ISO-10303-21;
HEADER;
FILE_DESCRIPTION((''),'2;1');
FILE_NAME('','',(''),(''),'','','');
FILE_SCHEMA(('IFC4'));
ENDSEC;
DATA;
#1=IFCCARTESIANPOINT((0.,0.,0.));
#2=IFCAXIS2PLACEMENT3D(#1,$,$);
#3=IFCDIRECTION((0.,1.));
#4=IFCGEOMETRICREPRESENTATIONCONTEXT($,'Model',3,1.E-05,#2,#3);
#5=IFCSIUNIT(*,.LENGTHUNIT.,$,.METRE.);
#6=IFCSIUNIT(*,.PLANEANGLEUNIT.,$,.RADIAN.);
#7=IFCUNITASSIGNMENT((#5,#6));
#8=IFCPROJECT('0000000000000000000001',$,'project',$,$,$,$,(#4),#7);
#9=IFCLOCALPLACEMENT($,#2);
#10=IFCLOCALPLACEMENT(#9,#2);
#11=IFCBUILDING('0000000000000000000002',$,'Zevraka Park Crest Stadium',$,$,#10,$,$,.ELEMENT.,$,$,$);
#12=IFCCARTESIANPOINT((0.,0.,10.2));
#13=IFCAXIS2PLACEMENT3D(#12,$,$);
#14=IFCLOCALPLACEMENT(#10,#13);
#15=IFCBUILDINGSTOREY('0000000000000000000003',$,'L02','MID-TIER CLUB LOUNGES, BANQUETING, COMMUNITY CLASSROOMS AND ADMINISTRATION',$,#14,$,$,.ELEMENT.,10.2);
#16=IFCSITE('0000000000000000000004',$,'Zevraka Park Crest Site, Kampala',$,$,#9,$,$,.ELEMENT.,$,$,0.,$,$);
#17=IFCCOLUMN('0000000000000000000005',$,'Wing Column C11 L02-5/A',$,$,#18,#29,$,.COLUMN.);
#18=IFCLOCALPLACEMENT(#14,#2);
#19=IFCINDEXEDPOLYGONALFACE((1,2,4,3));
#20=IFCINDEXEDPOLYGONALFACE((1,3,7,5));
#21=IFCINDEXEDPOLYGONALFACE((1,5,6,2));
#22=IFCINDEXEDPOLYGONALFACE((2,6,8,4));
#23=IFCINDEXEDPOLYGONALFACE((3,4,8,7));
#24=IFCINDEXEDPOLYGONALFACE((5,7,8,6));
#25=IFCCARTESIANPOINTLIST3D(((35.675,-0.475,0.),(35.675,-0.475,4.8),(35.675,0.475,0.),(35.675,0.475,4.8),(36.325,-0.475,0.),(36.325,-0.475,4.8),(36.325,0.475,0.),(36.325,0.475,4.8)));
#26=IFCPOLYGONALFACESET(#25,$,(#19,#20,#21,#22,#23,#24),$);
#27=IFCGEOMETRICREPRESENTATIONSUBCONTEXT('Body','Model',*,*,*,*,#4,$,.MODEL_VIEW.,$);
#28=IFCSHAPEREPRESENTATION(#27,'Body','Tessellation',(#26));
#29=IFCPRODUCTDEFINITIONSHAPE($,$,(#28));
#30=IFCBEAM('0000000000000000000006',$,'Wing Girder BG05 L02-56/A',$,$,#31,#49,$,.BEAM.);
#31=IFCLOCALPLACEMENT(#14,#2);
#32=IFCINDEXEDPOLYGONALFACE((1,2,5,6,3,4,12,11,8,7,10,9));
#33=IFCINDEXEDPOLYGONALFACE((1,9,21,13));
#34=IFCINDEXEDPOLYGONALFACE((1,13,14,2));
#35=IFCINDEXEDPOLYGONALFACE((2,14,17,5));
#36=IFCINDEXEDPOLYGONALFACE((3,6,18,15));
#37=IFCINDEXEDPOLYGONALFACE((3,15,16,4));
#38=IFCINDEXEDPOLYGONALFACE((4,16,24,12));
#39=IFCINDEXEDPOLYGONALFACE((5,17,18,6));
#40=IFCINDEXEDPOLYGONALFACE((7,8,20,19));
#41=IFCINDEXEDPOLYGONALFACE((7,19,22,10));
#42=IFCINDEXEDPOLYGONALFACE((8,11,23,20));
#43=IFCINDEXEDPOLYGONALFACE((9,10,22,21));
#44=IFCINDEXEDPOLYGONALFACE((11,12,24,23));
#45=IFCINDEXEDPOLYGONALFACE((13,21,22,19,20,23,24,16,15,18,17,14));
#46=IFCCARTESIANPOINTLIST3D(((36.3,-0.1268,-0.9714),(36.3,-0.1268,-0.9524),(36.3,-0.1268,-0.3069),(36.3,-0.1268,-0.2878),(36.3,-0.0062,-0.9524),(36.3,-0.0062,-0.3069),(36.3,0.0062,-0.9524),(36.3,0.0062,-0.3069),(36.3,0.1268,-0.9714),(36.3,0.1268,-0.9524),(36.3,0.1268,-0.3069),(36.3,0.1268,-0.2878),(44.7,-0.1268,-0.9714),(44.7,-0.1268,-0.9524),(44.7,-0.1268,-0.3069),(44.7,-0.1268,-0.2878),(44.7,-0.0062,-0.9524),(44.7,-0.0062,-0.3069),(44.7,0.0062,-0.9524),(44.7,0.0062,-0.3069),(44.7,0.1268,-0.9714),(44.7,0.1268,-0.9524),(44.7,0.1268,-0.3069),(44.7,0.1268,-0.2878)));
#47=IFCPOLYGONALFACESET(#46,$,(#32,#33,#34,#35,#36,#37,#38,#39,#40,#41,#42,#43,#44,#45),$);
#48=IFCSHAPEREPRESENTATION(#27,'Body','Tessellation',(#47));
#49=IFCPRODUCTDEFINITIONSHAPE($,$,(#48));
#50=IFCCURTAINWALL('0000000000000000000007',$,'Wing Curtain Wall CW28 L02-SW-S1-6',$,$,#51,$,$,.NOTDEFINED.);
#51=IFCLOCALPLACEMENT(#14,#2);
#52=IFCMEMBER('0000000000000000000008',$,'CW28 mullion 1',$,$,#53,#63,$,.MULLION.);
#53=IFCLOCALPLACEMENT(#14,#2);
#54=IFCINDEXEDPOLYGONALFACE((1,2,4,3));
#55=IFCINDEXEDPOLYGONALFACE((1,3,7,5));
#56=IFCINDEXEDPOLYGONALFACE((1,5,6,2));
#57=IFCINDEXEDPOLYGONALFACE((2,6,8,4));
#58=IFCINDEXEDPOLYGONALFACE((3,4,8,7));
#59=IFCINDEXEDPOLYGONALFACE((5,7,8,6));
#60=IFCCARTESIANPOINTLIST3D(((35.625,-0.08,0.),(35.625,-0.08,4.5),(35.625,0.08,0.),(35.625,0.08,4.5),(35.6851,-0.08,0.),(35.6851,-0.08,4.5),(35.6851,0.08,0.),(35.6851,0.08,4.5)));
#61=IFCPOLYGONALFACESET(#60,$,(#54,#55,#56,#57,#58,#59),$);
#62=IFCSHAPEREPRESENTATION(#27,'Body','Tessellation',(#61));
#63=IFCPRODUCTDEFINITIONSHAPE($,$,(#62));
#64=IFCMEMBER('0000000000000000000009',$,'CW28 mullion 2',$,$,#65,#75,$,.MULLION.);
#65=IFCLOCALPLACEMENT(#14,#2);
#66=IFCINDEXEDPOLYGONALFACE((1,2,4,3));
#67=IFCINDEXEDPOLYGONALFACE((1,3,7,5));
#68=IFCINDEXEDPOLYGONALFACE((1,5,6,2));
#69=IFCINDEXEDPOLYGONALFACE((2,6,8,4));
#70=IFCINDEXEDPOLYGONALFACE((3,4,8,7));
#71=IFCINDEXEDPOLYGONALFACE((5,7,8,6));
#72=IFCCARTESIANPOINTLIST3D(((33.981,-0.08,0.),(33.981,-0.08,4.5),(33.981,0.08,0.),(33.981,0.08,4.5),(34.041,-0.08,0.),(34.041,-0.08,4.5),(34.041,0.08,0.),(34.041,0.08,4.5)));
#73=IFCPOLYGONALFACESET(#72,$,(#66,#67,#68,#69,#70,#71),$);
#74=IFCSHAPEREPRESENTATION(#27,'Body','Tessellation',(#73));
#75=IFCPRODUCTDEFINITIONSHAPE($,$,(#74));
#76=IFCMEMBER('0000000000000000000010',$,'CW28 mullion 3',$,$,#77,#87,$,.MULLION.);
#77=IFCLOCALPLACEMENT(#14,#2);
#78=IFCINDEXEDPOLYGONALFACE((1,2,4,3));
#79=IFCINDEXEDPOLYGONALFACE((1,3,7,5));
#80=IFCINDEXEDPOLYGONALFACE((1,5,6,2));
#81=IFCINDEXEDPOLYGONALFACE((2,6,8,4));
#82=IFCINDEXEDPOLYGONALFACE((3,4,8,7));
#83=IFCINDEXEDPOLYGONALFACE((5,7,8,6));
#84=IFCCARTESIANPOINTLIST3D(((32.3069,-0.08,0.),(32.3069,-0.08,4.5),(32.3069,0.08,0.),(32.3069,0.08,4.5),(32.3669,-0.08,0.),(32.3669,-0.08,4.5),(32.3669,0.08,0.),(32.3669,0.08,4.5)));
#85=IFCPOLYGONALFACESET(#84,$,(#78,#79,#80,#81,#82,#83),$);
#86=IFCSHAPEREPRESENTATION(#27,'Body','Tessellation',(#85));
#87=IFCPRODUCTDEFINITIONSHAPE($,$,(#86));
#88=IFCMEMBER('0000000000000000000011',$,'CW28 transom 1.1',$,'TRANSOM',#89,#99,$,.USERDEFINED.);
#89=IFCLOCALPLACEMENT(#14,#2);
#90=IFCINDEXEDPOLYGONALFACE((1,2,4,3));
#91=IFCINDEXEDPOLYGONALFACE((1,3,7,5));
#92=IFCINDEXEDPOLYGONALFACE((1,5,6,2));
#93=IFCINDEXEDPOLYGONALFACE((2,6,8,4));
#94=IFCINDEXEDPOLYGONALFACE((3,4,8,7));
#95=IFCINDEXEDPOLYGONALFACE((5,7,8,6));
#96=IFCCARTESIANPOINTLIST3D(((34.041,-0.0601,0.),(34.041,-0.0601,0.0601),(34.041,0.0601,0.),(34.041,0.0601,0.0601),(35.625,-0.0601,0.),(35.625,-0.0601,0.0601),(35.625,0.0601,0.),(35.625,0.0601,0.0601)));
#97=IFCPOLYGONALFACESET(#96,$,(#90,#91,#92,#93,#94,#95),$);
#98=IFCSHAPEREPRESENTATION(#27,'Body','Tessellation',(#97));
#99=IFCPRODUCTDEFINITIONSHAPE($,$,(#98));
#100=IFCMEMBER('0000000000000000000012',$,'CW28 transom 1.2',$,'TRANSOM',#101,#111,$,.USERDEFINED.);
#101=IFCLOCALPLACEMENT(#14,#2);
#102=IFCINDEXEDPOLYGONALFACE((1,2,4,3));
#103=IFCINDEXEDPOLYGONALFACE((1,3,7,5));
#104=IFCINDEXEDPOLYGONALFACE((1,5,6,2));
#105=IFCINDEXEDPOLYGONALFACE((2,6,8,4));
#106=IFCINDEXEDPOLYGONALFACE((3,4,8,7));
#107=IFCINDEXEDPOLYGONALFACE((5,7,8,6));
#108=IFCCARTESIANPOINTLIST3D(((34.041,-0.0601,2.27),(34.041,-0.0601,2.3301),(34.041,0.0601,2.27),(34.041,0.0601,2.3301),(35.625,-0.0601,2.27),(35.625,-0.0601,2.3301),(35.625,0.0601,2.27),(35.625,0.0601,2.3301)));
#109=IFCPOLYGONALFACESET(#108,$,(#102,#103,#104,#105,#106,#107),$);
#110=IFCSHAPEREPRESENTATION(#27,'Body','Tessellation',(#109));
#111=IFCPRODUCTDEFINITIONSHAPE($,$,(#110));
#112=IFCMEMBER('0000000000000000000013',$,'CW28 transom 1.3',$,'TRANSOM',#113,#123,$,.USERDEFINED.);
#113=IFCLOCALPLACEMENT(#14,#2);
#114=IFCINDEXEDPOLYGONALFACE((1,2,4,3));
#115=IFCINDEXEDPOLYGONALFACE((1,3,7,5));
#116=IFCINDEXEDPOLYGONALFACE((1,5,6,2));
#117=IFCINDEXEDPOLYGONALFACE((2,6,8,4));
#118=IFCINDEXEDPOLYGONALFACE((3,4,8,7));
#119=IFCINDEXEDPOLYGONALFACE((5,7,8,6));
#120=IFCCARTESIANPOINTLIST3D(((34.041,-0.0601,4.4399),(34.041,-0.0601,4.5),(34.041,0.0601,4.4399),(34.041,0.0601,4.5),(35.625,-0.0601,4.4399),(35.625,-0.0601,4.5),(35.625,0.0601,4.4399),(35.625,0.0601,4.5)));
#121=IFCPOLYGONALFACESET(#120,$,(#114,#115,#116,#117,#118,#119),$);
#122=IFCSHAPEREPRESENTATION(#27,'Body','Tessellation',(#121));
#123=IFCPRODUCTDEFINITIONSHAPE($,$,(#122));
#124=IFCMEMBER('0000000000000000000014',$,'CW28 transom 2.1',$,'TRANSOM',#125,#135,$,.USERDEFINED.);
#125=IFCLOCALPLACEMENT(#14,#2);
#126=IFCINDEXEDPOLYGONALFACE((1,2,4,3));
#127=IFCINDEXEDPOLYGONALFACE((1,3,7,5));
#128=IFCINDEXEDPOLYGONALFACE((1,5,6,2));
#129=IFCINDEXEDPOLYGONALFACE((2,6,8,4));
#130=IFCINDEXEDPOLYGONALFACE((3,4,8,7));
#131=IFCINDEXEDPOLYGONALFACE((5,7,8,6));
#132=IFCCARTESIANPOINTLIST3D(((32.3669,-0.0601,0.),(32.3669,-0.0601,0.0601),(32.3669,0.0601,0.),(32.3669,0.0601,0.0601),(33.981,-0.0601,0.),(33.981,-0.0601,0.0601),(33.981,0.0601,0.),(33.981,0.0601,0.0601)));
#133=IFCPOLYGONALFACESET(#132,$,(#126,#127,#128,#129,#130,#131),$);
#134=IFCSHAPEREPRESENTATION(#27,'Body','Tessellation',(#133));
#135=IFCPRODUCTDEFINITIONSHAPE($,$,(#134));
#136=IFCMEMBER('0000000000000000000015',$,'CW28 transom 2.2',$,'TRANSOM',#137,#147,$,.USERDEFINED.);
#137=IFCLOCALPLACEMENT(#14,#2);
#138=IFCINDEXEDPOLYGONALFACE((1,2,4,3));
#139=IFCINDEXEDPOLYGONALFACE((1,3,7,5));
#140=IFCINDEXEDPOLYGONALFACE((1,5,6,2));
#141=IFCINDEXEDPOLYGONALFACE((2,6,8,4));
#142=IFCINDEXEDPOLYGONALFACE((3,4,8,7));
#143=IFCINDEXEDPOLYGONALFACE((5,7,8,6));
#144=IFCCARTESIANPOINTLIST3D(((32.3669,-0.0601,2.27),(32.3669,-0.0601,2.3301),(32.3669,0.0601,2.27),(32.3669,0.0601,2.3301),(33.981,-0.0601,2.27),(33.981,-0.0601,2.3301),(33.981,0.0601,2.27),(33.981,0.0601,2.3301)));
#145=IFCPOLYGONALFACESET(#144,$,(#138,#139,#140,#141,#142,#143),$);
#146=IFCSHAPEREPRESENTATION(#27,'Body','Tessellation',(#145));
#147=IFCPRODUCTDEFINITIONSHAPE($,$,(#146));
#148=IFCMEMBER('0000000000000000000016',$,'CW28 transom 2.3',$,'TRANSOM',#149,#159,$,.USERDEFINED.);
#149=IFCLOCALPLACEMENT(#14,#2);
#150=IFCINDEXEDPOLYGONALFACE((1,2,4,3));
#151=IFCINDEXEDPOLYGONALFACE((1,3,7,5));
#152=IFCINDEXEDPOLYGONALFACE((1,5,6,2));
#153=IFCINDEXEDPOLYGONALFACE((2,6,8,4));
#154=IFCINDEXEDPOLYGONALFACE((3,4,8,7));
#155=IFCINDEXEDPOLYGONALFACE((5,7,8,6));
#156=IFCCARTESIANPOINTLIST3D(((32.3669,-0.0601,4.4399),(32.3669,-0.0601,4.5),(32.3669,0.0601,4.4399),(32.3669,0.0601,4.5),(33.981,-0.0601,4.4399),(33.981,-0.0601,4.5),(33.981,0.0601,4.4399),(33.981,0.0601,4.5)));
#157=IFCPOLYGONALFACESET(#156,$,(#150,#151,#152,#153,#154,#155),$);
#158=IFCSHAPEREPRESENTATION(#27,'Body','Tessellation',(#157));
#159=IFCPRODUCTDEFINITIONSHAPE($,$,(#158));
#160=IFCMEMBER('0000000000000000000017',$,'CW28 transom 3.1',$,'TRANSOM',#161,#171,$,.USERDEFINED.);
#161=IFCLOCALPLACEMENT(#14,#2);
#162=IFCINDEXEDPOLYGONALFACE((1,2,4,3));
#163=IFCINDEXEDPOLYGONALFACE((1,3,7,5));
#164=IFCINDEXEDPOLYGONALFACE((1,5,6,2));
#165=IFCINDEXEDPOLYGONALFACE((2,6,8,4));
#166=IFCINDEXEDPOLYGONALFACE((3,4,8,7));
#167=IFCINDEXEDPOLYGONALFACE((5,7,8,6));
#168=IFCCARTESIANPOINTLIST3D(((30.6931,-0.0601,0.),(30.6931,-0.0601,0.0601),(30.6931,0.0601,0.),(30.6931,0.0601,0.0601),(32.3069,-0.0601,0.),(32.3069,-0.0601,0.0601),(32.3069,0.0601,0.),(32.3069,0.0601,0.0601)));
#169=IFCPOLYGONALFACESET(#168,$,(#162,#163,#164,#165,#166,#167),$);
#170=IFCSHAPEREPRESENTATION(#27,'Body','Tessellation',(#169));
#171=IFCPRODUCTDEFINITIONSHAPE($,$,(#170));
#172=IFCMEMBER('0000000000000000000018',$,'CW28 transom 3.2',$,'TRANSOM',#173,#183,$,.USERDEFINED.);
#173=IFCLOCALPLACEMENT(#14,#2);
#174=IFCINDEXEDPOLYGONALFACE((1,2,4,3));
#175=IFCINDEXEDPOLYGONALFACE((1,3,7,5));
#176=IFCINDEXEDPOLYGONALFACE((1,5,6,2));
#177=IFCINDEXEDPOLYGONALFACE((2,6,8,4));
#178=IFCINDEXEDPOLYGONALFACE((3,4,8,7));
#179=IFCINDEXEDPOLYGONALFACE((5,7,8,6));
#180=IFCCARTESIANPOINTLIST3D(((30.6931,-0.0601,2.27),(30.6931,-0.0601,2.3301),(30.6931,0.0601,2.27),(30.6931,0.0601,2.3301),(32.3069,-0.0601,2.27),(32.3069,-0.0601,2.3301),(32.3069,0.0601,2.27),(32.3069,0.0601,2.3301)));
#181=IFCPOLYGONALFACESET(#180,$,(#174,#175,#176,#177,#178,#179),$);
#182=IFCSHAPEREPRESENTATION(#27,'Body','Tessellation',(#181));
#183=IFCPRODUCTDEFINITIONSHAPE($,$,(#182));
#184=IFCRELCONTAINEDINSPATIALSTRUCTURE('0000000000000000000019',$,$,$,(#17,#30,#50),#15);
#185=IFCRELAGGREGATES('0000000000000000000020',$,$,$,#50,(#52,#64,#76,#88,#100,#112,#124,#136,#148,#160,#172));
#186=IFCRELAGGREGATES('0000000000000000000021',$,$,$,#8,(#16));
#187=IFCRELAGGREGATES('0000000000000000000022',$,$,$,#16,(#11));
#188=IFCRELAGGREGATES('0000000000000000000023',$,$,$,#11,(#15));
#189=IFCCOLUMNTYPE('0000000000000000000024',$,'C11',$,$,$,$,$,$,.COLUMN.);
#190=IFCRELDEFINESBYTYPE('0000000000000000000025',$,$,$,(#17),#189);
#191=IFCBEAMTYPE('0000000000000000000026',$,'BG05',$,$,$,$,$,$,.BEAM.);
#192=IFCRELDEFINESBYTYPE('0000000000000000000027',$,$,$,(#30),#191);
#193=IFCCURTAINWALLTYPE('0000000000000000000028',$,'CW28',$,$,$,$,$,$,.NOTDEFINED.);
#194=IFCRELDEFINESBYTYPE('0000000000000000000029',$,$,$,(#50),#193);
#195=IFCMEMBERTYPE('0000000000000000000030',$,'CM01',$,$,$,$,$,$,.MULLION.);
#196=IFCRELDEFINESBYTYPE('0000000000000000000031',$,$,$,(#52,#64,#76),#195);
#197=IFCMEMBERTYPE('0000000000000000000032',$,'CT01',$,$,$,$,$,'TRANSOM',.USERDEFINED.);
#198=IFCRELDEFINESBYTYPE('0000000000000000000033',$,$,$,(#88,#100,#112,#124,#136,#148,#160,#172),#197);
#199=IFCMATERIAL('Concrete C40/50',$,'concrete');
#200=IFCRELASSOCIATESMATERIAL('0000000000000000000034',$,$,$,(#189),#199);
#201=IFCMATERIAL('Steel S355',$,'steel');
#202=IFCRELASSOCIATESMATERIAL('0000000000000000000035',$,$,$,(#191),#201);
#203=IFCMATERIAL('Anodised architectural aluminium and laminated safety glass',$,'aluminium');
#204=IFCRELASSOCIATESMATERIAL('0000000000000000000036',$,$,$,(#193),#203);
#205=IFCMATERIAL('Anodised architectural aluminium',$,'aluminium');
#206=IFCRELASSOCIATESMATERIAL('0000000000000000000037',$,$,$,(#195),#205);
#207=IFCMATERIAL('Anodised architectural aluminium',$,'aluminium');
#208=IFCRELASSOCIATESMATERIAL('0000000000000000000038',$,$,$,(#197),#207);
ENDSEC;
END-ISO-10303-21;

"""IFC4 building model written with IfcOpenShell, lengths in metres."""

from ifc_helpers import new_model, si_unit, direction, frame, origin, origin_2d, place, context, subcontext, project, spatial, rectangle, i_section, extrude, material, material_profile, profile_set, type_object, element, aggregate, save


model = new_model("IFC4")

# Units and contexts
model_context = context("Model", 3, precision=1e-05, world=origin(), true_north=direction((0.0, 1.0)))
body_context = subcontext(model_context, "Body", "Model", "MODEL_VIEW")
ifc_project = project(units=[si_unit("LENGTHUNIT", "METRE"), si_unit("PLANEANGLEUNIT", "RADIAN")], contexts=[model_context])

# Site, building, storey
site_placement = place(None, origin())
site = spatial("IfcSite", under=ifc_project, at=site_placement, Name="Zevraka Park Crest Site, Kampala", CompositionType="ELEMENT", RefElevation=0.0)
building_placement = place(site_placement, origin())
building = spatial("IfcBuilding", under=site, at=building_placement, Name="Zevraka Park Crest Stadium", CompositionType="ELEMENT")
storey_placement = place(building_placement, frame((0.0, 0.0, 10.2)))
storey = spatial("IfcBuildingStorey", under=building, at=storey_placement, Name="L02", Description="MID-TIER CLUB LOUNGES, BANQUETING, COMMUNITY CLASSROOMS AND ADMINISTRATION", CompositionType="ELEMENT", Elevation=10.2)

# Column
ifc_material_1 = material(Name="Concrete C40/50", Category="concrete")
ifc_material_profile_1 = material_profile(ifc_material_1, rectangle(XDim=0.6499, YDim=0.95, at=origin_2d()), Name="RC 950x650")
ifc_profile_set_1 = profile_set([ifc_material_profile_1], Name="Concrete C40/50")
column_type = type_object("IfcColumnType", Name="C11", PredefinedType="COLUMN", material=ifc_profile_set_1)
column_placement = place(storey_placement, frame((36.0, 0.0, 0.0), z_axis=(0.0, 0.0, 1.0), x_axis=(1.0, 0.0, 0.0)))
element("IfcColumn", 1, at=column_placement, inside=storey, type_object=column_type, Name="Wing Column C11 L02-5/A", PredefinedType="COLUMN", context=body_context, shape_type="SweptSolid", body=[
    extrude(rectangle(XDim=0.6499, YDim=0.95, at=origin_2d()), origin(), (0.0, 0.0, 1.0), 4.8),
])

# Beam
ifc_material_2 = material(Name="Steel S355", Category="steel")
ifc_material_profile_2 = material_profile(ifc_material_2, i_section(OverallWidth=0.2537, OverallDepth=0.6836, WebThickness=0.0125, FlangeThickness=0.019, at=origin_2d()), Name="UKB 686x254x140")
ifc_profile_set_2 = profile_set([ifc_material_profile_2], Name="Steel S355")
beam_type = type_object("IfcBeamType", Name="BG05", PredefinedType="BEAM", material=ifc_profile_set_2)
beam_placement = place(storey_placement, frame((36.3, 0.0, -0.6296), z_axis=(1.0, 0.0, 0.0), x_axis=(0.0, 1.0, 0.0)))
element("IfcBeam", 2, at=beam_placement, inside=storey, type_object=beam_type, Name="Wing Girder BG05 L02-56/A", PredefinedType="BEAM", context=body_context, shape_type="SweptSolid", body=[
    extrude(i_section(OverallWidth=0.2537, OverallDepth=0.6836, WebThickness=0.0125, FlangeThickness=0.019, at=origin_2d()), origin(), (0.0, 0.0, 1.0), 8.3999),
])

# Curtain wall, members
ifc_material_3 = material(Name="Anodised architectural aluminium and laminated safety glass", Category="aluminium")
curtain_wall_type = type_object("IfcCurtainWallType", Name="CW28", PredefinedType="NOTDEFINED", material=ifc_material_3)
curtain_wall_placement = place(storey_placement, origin())
curtain_wall = element("IfcCurtainWall", 3, at=curtain_wall_placement, inside=storey, type_object=curtain_wall_type, Name="Wing Curtain Wall CW28 L02-SW-S1-6", PredefinedType="NOTDEFINED")
ifc_material_4 = material(Name="Anodised architectural aluminium", Category="aluminium")
ifc_material_profile_3 = material_profile(ifc_material_4, rectangle(XDim=0.1599, YDim=0.0601, at=origin_2d()), Name="ALU MULLION 160x60")
ifc_profile_set_3 = profile_set([ifc_material_profile_3], Name="Anodised architectural aluminium")
member_type_1 = type_object("IfcMemberType", Name="CM01", PredefinedType="MULLION", material=ifc_profile_set_3)
member_1_placement = place(storey_placement, frame((35.655, 0.0, 0.0), z_axis=(0.0, 0.0, 1.0), x_axis=(0.0, -1.0, 0.0)))
member_1 = element("IfcMember", 4, at=member_1_placement, type_object=member_type_1, Name="CW28 mullion 1", PredefinedType="MULLION", context=body_context, shape_type="SweptSolid", body=[
    extrude(rectangle(XDim=0.1599, YDim=0.0601, at=origin_2d()), origin(), (0.0, 0.0, 1.0), 4.5),
])
member_2_placement = place(storey_placement, frame((34.011, 0.0, 0.0), z_axis=(0.0, 0.0, 1.0), x_axis=(0.0, -1.0, 0.0)))
member_2 = element("IfcMember", 5, at=member_2_placement, type_object=member_type_1, Name="CW28 mullion 2", PredefinedType="MULLION", context=body_context, shape_type="SweptSolid", body=[
    extrude(rectangle(XDim=0.1599, YDim=0.0601, at=origin_2d()), origin(), (0.0, 0.0, 1.0), 4.5),
])
member_3_placement = place(storey_placement, frame((32.3369, 0.0, 0.0), z_axis=(0.0, 0.0, 1.0), x_axis=(0.0, -1.0, 0.0)))
member_3 = element("IfcMember", 6, at=member_3_placement, type_object=member_type_1, Name="CW28 mullion 3", PredefinedType="MULLION", context=body_context, shape_type="SweptSolid", body=[
    extrude(rectangle(XDim=0.1599, YDim=0.0601, at=origin_2d()), origin(), (0.0, 0.0, 1.0), 4.5),
])
ifc_material_5 = material(Name="Anodised architectural aluminium", Category="aluminium")
ifc_material_profile_4 = material_profile(ifc_material_5, rectangle(XDim=0.1201, YDim=0.0601, at=origin_2d()), Name="ALU TRANSOM 120x60")
ifc_profile_set_4 = profile_set([ifc_material_profile_4], Name="Anodised architectural aluminium")
member_type_2 = type_object("IfcMemberType", Name="CT01", ElementType="TRANSOM", PredefinedType="USERDEFINED", material=ifc_profile_set_4)
member_4_placement = place(storey_placement, frame((35.625, 0.0, 0.03), z_axis=(-1.0, 0.0, 0.0), x_axis=(0.0, -1.0, 0.0)))
member_4 = element("IfcMember", 7, at=member_4_placement, type_object=member_type_2, Name="CW28 transom 1.1", ObjectType="TRANSOM", PredefinedType="USERDEFINED", context=body_context, shape_type="SweptSolid", body=[
    extrude(rectangle(XDim=0.1201, YDim=0.0601, at=origin_2d()), origin(), (0.0, 0.0, 1.0), 1.584),
])
member_5_placement = place(storey_placement, frame((35.625, 0.0, 2.3), z_axis=(-1.0, 0.0, 0.0), x_axis=(0.0, -1.0, 0.0)))
member_5 = element("IfcMember", 8, at=member_5_placement, type_object=member_type_2, Name="CW28 transom 1.2", ObjectType="TRANSOM", PredefinedType="USERDEFINED", context=body_context, shape_type="SweptSolid", body=[
    extrude(rectangle(XDim=0.1201, YDim=0.0601, at=origin_2d()), origin(), (0.0, 0.0, 1.0), 1.584),
])
member_6_placement = place(storey_placement, frame((35.625, 0.0, 4.47), z_axis=(-1.0, 0.0, 0.0), x_axis=(0.0, -1.0, 0.0)))
member_6 = element("IfcMember", 9, at=member_6_placement, type_object=member_type_2, Name="CW28 transom 1.3", ObjectType="TRANSOM", PredefinedType="USERDEFINED", context=body_context, shape_type="SweptSolid", body=[
    extrude(rectangle(XDim=0.1201, YDim=0.0601, at=origin_2d()), origin(), (0.0, 0.0, 1.0), 1.584),
])
member_7_placement = place(storey_placement, frame((33.981, 0.0, 0.03), z_axis=(-1.0, 0.0, 0.0), x_axis=(0.0, -1.0, 0.0)))
member_7 = element("IfcMember", 10, at=member_7_placement, type_object=member_type_2, Name="CW28 transom 2.1", ObjectType="TRANSOM", PredefinedType="USERDEFINED", context=body_context, shape_type="SweptSolid", body=[
    extrude(rectangle(XDim=0.1201, YDim=0.0601, at=origin_2d()), origin(), (0.0, 0.0, 1.0), 1.614),
])
member_8_placement = place(storey_placement, frame((33.981, 0.0, 2.3), z_axis=(-1.0, 0.0, 0.0), x_axis=(0.0, -1.0, 0.0)))
member_8 = element("IfcMember", 11, at=member_8_placement, type_object=member_type_2, Name="CW28 transom 2.2", ObjectType="TRANSOM", PredefinedType="USERDEFINED", context=body_context, shape_type="SweptSolid", body=[
    extrude(rectangle(XDim=0.1201, YDim=0.0601, at=origin_2d()), origin(), (0.0, 0.0, 1.0), 1.614),
])
member_9_placement = place(storey_placement, frame((33.981, 0.0, 4.47), z_axis=(-1.0, 0.0, 0.0), x_axis=(0.0, -1.0, 0.0)))
member_9 = element("IfcMember", 12, at=member_9_placement, type_object=member_type_2, Name="CW28 transom 2.3", ObjectType="TRANSOM", PredefinedType="USERDEFINED", context=body_context, shape_type="SweptSolid", body=[
    extrude(rectangle(XDim=0.1201, YDim=0.0601, at=origin_2d()), origin(), (0.0, 0.0, 1.0), 1.614),
])
member_10_placement = place(storey_placement, frame((32.3069, 0.0, 0.03), z_axis=(-1.0, 0.0, 0.0), x_axis=(0.0, -1.0, 0.0)))
member_10 = element("IfcMember", 13, at=member_10_placement, type_object=member_type_2, Name="CW28 transom 3.1", ObjectType="TRANSOM", PredefinedType="USERDEFINED", context=body_context, shape_type="SweptSolid", body=[
    extrude(rectangle(XDim=0.1201, YDim=0.0601, at=origin_2d()), origin(), (0.0, 0.0, 1.0), 1.6138),
])
member_11_placement = place(storey_placement, frame((32.3069, 0.0, 2.3), z_axis=(-1.0, 0.0, 0.0), x_axis=(0.0, -1.0, 0.0)))
member_11 = element("IfcMember", 14, at=member_11_placement, type_object=member_type_2, Name="CW28 transom 3.2", ObjectType="TRANSOM", PredefinedType="USERDEFINED", context=body_context, shape_type="SweptSolid", body=[
    extrude(rectangle(XDim=0.1201, YDim=0.0601, at=origin_2d()), origin(), (0.0, 0.0, 1.0), 1.6138),
])
aggregate(curtain_wall, [member_1, member_2, member_3, member_4, member_5, member_6, member_7, member_8, member_9, member_10, member_11])

save(model, "model.ifc")
